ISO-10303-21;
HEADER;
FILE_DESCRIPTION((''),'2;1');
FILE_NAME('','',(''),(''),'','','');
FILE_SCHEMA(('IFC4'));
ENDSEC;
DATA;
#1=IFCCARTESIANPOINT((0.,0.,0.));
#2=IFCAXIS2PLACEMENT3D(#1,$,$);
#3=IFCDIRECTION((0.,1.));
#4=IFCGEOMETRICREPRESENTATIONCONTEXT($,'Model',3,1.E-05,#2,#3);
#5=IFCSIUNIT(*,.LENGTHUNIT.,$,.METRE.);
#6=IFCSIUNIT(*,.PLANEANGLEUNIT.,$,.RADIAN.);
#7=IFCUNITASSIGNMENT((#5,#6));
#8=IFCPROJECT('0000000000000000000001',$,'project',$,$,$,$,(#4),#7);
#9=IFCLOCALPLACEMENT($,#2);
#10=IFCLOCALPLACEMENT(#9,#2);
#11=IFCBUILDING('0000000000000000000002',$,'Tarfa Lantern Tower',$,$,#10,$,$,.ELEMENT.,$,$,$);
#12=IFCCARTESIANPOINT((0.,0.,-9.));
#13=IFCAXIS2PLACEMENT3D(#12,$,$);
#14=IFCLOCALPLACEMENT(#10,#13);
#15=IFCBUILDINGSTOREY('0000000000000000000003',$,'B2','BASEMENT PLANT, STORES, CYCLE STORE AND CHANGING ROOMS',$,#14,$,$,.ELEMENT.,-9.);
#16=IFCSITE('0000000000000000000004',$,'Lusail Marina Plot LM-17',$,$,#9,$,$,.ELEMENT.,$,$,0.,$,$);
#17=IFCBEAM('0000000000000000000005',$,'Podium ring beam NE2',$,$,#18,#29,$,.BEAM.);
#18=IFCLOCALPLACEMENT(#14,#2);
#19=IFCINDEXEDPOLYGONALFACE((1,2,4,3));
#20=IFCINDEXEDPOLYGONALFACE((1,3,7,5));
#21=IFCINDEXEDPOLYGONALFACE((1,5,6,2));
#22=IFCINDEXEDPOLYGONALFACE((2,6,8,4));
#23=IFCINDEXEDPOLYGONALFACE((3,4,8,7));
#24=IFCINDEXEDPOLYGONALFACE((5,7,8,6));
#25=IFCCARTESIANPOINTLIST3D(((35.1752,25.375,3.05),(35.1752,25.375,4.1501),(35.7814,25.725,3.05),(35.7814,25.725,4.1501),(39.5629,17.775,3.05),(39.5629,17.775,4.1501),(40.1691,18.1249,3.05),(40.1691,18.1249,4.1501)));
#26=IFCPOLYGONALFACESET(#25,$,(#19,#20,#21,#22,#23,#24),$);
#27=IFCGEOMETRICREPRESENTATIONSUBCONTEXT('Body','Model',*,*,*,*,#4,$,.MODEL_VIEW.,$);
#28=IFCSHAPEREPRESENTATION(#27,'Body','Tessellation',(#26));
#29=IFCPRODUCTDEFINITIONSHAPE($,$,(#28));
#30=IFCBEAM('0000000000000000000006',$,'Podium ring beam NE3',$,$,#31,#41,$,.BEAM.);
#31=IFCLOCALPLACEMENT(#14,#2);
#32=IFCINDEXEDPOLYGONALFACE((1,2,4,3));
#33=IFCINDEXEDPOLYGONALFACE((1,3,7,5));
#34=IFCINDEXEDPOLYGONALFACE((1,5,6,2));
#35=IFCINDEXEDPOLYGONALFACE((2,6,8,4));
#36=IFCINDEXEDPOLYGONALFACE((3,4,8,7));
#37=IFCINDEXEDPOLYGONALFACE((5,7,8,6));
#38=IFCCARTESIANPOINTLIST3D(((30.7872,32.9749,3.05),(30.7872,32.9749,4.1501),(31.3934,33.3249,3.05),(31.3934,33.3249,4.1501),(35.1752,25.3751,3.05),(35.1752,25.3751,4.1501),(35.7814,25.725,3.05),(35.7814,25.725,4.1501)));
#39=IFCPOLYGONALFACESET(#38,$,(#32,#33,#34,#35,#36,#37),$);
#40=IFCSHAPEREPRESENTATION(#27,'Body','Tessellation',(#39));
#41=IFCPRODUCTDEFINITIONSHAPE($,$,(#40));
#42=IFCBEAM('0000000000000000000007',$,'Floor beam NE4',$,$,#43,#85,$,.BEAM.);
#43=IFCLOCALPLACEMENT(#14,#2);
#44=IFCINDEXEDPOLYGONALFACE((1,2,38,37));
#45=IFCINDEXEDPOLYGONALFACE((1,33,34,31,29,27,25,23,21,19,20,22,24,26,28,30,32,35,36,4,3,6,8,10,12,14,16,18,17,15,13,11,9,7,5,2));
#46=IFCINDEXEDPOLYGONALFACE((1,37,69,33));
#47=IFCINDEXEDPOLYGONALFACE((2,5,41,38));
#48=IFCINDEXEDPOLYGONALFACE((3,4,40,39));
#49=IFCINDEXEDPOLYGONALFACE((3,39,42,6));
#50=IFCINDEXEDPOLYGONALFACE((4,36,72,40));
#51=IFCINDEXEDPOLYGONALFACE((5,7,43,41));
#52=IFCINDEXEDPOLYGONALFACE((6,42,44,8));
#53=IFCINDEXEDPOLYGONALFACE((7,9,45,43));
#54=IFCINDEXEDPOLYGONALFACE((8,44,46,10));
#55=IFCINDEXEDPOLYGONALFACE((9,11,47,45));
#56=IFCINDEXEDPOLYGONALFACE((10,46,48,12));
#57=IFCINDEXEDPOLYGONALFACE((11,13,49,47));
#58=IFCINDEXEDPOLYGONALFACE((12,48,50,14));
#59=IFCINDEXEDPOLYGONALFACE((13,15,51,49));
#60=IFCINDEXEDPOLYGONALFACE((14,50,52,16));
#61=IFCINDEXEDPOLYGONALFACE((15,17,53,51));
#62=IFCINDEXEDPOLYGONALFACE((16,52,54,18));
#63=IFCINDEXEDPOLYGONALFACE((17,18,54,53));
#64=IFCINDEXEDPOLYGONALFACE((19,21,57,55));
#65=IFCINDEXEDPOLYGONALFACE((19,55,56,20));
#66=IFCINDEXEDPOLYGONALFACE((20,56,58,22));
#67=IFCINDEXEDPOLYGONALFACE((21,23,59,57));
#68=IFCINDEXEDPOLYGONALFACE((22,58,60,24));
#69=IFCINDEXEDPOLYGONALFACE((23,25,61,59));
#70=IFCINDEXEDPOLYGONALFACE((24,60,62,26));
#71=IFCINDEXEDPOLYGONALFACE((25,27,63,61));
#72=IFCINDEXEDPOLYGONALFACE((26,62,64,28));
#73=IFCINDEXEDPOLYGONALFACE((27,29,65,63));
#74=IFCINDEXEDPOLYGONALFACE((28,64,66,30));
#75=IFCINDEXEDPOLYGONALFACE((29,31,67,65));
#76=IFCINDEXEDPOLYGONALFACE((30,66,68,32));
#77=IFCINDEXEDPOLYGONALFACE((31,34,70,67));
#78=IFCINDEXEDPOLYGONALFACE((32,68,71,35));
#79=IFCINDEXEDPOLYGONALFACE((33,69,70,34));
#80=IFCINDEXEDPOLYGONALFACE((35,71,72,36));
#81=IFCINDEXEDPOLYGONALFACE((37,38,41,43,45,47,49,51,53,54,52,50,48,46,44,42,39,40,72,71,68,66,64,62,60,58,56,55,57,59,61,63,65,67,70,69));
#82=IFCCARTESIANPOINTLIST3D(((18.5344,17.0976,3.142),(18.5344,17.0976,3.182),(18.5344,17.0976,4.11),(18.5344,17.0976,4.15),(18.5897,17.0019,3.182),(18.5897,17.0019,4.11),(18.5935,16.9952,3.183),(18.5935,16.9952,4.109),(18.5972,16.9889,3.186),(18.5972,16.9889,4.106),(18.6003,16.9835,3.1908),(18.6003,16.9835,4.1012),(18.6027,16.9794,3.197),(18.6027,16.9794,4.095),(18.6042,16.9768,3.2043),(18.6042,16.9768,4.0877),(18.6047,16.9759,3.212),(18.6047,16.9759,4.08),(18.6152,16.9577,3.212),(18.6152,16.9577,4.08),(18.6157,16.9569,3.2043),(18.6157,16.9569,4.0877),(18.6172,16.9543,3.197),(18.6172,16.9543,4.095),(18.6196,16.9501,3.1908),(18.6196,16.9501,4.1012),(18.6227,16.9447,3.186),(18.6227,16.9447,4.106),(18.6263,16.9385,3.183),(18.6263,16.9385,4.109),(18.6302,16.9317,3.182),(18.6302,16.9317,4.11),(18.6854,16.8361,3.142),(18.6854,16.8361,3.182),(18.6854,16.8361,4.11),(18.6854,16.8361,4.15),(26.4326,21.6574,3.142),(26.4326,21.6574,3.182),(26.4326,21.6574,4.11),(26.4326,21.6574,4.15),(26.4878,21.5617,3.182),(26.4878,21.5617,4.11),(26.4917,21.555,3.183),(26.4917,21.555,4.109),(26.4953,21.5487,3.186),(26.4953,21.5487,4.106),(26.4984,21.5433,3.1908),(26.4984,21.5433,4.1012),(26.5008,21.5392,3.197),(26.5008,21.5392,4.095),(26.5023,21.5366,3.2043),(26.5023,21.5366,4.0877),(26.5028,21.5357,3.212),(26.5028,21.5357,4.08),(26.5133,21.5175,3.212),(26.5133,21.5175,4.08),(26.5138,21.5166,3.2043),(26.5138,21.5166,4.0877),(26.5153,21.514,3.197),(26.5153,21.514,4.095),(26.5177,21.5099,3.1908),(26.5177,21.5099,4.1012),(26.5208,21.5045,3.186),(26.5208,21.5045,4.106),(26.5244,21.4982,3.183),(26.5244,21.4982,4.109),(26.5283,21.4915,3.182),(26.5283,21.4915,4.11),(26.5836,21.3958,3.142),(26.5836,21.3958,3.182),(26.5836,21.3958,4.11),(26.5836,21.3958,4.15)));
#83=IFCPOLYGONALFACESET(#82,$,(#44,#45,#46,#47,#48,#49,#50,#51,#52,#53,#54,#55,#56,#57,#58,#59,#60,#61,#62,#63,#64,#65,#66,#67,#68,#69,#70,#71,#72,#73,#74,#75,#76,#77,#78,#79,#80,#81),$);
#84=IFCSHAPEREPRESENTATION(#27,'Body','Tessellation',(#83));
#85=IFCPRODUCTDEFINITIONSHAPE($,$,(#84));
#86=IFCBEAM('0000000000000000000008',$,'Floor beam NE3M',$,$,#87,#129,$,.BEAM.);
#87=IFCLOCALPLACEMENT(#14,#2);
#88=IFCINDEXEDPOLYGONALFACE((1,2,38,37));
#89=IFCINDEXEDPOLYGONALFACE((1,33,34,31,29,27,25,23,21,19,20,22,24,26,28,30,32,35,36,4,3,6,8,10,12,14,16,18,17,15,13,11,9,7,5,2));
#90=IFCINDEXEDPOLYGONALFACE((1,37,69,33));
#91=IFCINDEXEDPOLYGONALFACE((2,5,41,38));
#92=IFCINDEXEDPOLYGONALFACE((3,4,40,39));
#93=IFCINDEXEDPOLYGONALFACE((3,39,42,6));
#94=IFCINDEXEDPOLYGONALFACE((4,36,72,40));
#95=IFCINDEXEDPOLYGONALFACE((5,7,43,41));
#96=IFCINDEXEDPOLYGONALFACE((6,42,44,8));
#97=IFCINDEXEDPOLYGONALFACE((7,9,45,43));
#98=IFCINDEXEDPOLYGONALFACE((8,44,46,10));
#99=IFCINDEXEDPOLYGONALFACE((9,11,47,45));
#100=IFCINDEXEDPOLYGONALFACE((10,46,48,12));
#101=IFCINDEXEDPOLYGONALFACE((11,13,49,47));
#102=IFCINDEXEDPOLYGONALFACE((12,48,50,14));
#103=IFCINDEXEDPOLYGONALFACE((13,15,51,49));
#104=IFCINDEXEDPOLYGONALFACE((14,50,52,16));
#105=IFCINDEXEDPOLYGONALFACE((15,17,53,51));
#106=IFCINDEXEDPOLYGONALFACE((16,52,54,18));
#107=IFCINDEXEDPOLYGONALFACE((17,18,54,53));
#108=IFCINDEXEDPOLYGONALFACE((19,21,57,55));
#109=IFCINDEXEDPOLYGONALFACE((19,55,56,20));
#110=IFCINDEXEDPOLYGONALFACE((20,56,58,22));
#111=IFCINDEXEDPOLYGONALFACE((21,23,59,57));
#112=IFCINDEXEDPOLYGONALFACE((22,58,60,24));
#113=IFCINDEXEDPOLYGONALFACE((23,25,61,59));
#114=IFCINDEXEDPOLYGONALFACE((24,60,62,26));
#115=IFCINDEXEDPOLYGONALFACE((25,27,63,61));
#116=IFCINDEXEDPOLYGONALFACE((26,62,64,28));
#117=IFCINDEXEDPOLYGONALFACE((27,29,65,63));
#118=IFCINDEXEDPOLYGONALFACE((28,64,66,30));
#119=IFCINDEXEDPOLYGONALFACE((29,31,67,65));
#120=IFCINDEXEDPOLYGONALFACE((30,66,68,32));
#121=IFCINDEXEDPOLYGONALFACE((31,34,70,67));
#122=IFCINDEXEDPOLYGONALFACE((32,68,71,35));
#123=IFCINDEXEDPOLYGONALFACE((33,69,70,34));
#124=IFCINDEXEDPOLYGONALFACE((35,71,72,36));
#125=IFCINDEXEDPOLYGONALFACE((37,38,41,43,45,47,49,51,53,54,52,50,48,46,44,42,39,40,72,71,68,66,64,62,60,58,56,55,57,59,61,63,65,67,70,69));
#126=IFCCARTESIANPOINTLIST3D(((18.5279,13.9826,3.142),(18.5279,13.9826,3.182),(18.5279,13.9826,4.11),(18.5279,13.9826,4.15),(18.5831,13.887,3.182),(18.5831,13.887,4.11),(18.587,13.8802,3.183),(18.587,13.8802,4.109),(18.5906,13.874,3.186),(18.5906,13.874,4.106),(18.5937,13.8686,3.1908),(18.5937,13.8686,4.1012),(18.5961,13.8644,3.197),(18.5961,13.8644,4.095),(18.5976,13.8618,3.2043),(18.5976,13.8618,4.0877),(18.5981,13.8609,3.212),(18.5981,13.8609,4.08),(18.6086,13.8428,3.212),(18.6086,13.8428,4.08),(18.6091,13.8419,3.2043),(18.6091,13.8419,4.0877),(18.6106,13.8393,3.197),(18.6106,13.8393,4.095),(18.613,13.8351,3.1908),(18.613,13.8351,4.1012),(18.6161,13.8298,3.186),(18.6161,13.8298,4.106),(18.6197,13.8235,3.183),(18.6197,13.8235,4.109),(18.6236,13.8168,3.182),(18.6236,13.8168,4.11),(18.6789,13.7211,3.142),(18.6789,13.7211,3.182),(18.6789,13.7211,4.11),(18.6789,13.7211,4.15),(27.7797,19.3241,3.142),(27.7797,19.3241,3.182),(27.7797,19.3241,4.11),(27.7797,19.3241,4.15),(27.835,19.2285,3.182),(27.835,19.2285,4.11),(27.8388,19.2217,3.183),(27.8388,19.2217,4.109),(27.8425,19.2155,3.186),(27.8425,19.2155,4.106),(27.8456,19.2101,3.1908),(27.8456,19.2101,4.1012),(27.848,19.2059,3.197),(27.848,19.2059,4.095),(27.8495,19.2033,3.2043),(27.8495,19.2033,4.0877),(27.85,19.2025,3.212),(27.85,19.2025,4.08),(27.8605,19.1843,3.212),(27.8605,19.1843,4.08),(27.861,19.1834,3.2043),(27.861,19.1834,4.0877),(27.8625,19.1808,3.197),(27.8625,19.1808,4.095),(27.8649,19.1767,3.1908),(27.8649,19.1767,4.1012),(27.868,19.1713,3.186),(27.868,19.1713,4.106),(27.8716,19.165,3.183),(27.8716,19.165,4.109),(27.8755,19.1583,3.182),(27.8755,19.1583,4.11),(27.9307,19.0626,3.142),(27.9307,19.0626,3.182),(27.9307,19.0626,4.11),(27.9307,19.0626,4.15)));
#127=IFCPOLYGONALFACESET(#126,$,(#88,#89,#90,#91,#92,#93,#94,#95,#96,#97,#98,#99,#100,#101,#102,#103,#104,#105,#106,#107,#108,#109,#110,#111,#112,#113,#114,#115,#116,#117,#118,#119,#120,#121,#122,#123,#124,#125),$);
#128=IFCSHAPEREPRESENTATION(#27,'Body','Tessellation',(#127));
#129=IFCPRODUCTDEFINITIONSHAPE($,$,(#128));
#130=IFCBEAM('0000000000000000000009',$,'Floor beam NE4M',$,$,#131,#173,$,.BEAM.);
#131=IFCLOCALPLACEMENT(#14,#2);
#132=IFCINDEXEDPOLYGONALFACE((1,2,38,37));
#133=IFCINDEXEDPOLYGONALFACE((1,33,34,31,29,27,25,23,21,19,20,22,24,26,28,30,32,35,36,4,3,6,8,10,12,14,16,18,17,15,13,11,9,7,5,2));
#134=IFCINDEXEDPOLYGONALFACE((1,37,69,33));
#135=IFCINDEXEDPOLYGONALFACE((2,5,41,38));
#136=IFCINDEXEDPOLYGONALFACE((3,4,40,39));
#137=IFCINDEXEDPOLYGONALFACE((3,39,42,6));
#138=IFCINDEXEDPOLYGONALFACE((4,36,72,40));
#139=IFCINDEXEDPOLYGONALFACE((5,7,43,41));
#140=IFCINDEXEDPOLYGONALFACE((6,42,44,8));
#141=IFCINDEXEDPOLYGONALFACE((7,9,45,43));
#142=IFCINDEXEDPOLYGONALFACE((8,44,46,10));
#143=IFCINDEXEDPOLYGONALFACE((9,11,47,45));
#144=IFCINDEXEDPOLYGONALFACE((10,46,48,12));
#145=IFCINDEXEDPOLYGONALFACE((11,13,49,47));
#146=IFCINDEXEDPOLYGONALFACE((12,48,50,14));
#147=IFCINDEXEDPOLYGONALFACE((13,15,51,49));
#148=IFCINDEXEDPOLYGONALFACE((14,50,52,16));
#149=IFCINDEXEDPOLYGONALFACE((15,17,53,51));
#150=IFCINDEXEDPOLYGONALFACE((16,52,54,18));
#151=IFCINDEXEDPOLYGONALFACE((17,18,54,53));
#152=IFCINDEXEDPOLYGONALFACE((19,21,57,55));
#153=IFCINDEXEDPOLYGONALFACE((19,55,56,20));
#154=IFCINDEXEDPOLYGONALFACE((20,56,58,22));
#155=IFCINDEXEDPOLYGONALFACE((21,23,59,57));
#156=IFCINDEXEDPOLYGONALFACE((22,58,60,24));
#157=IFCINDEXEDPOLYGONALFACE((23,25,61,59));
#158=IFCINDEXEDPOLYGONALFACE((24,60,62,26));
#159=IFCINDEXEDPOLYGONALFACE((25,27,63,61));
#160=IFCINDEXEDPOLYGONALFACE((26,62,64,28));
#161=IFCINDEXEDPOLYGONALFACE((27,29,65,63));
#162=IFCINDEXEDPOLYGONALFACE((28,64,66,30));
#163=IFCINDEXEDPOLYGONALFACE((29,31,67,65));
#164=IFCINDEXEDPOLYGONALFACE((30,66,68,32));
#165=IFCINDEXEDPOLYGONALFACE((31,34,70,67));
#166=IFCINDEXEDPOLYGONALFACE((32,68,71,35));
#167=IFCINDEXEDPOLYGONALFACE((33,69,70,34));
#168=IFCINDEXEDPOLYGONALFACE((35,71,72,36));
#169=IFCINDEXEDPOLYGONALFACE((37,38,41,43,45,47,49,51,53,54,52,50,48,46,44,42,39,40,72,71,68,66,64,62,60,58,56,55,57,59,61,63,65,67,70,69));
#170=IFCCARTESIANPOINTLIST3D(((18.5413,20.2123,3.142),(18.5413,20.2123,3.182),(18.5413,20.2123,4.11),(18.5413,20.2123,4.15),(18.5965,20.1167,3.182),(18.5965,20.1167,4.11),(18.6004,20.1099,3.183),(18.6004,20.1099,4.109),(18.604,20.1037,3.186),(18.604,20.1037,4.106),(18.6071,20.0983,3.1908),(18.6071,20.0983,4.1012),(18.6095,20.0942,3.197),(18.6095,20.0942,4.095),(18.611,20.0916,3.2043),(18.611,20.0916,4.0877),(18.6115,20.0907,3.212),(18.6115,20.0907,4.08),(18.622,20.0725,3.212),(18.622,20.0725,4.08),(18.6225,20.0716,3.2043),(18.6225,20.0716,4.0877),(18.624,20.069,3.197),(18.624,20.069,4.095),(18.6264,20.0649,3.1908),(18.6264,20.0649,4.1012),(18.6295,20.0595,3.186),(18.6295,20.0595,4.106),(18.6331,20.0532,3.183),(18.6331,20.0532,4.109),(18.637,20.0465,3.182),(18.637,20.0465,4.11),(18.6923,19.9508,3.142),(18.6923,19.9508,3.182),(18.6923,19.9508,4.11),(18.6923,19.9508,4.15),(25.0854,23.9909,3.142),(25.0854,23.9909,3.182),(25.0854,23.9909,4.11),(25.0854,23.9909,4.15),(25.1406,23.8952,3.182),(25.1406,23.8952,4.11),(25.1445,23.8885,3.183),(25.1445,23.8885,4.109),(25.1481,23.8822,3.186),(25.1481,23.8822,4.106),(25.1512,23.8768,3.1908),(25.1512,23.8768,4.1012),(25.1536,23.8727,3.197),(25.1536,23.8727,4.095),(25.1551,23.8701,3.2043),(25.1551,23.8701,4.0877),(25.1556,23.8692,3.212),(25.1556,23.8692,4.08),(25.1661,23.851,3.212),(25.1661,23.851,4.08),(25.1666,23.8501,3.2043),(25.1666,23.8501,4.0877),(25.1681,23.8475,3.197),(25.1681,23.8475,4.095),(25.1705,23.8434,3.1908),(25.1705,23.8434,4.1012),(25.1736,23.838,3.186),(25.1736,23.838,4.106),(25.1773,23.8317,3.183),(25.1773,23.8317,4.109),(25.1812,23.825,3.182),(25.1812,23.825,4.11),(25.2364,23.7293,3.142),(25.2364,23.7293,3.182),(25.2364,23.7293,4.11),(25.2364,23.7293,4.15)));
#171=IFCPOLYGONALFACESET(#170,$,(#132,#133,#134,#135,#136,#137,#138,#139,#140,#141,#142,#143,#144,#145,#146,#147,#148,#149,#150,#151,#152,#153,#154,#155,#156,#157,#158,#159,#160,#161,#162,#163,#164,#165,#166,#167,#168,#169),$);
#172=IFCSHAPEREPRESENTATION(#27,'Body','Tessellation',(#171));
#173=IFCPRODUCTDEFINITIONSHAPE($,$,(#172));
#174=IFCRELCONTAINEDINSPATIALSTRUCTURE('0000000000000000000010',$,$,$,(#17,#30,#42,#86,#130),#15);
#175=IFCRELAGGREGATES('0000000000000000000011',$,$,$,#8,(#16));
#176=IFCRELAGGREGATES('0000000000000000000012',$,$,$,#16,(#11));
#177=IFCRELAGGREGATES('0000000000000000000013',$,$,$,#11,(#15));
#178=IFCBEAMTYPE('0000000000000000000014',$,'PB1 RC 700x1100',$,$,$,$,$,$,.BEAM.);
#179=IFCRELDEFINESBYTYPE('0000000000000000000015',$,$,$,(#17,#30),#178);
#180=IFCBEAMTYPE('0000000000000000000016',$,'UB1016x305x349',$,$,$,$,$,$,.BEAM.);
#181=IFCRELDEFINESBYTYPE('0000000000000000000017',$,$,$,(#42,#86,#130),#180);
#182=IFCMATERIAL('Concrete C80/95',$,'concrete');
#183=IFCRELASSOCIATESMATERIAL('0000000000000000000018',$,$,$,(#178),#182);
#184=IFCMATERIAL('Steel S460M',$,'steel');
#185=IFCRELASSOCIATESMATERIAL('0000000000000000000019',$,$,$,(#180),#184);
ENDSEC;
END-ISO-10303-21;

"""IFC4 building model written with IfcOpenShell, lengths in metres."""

from ifc_helpers import new_model, si_unit, direction, frame, origin, origin_2d, place, context, subcontext, project, spatial, rectangle, i_section, extrude, material, material_profile, profile_set, type_object, element, save


model = new_model("IFC4")

# Units and contexts
model_context = context("Model", 3, precision=1e-05, world=origin(), true_north=direction((0.0, 1.0)))
body_context = subcontext(model_context, "Body", "Model", "MODEL_VIEW")
ifc_project = project(units=[si_unit("LENGTHUNIT", "METRE"), si_unit("PLANEANGLEUNIT", "RADIAN")], contexts=[model_context])

# Site, building, storey
site_placement = place(None, origin())
site = spatial("IfcSite", under=ifc_project, at=site_placement, Name="Lusail Marina Plot LM-17", CompositionType="ELEMENT", RefElevation=0.0)
building_placement = place(site_placement, origin())
building = spatial("IfcBuilding", under=site, at=building_placement, Name="Tarfa Lantern Tower", CompositionType="ELEMENT")
storey_placement = place(building_placement, frame((0.0, 0.0, -9.0)))
storey = spatial("IfcBuildingStorey", under=building, at=storey_placement, Name="B2", Description="BASEMENT PLANT, STORES, CYCLE STORE AND CHANGING ROOMS", CompositionType="ELEMENT", Elevation=-9.0)

# Shared definitions
ifc_material_1 = material(Name="Concrete C80/95", Category="concrete")

# Beams
ifc_material_profile_1 = material_profile(ifc_material_1, rectangle(XDim=0.7, YDim=1.1001, at=origin_2d()), Name="RC 700x1100")
ifc_profile_set_1 = profile_set([ifc_material_profile_1], Name="Concrete C80/95")
beam_type_1 = type_object("IfcBeamType", Name="PB1 RC 700x1100", PredefinedType="BEAM", material=ifc_profile_set_1)
for number, where, z_axis, x_axis, name in (
    (1, (39.866, 17.95, 3.6001), (-0.499981, 0.866036, 0.0), (-0.866036, -0.499981, 0.0), "Podium ring beam NE2"),
    (2, (35.4783, 25.55, 3.6001), (-0.500014, 0.866017, 0.0), (-0.866017, -0.500014, 0.0), "Podium ring beam NE3"),
):
    element("IfcBeam", number, at=place(storey_placement, frame(where, z_axis=z_axis, x_axis=x_axis)), inside=storey, type_object=beam_type_1, Name=name, PredefinedType="BEAM", context=body_context, shape_type="SweptSolid", body=[
        extrude(rectangle(XDim=0.7, YDim=1.1001, at=origin_2d()), origin(), (0.0, 0.0, 1.0), 8.7756),
    ])
ifc_material_2 = material(Name="Steel S460M", Category="steel")
ifc_material_profile_2 = material_profile(ifc_material_2, i_section(OverallWidth=0.302, OverallDepth=1.0081, WebThickness=0.021, FlangeThickness=0.04, FilletRadius=0.03, at=origin_2d()), Name="UB1016x305x349")
ifc_profile_set_2 = profile_set([ifc_material_profile_2], Name="Steel S460M")
beam_type_2 = type_object("IfcBeamType", Name="UB1016x305x349", PredefinedType="BEAM", material=ifc_profile_set_2)
beam_1_placement = place(storey_placement, frame((26.5081, 21.5266, 3.646), z_axis=(-0.866035, -0.499983, 0.0), x_axis=(0.499983, -0.866035, 0.0)))
element("IfcBeam", 3, at=beam_1_placement, inside=storey, type_object=beam_type_2, Name="Floor beam NE4", PredefinedType="BEAM", context=body_context, shape_type="SweptSolid", body=[
    extrude(i_section(OverallWidth=0.302, OverallDepth=1.0081, WebThickness=0.021, FlangeThickness=0.04, FilletRadius=0.03, at=origin_2d()), origin(), (0.0, 0.0, 1.0), 9.1199),
])
beam_2_placement = place(storey_placement, frame((27.8552, 19.1934, 3.646), z_axis=(-0.866028, -0.499995, 0.0), x_axis=(0.499995, -0.866028, 0.0)))
element("IfcBeam", 4, at=beam_2_placement, inside=storey, type_object=beam_type_2, Name="Floor beam NE3M", PredefinedType="BEAM", context=body_context, shape_type="SweptSolid", body=[
    extrude(i_section(OverallWidth=0.302, OverallDepth=1.0081, WebThickness=0.021, FlangeThickness=0.04, FilletRadius=0.03, at=origin_2d()), origin(), (0.0, 0.0, 1.0), 10.6831),
])
beam_3_placement = place(storey_placement, frame((25.1609, 23.8601, 3.646), z_axis=(-0.86601, -0.500027, 0.0), x_axis=(0.500027, -0.86601, 0.0)))
element("IfcBeam", 5, at=beam_3_placement, inside=storey, type_object=beam_type_2, Name="Floor beam NE4M", PredefinedType="BEAM", context=body_context, shape_type="SweptSolid", body=[
    extrude(i_section(OverallWidth=0.302, OverallDepth=1.0081, WebThickness=0.021, FlangeThickness=0.04, FilletRadius=0.03, at=origin_2d()), origin(), (0.0, 0.0, 1.0), 7.5566),
])

save(model, "model.ifc")
